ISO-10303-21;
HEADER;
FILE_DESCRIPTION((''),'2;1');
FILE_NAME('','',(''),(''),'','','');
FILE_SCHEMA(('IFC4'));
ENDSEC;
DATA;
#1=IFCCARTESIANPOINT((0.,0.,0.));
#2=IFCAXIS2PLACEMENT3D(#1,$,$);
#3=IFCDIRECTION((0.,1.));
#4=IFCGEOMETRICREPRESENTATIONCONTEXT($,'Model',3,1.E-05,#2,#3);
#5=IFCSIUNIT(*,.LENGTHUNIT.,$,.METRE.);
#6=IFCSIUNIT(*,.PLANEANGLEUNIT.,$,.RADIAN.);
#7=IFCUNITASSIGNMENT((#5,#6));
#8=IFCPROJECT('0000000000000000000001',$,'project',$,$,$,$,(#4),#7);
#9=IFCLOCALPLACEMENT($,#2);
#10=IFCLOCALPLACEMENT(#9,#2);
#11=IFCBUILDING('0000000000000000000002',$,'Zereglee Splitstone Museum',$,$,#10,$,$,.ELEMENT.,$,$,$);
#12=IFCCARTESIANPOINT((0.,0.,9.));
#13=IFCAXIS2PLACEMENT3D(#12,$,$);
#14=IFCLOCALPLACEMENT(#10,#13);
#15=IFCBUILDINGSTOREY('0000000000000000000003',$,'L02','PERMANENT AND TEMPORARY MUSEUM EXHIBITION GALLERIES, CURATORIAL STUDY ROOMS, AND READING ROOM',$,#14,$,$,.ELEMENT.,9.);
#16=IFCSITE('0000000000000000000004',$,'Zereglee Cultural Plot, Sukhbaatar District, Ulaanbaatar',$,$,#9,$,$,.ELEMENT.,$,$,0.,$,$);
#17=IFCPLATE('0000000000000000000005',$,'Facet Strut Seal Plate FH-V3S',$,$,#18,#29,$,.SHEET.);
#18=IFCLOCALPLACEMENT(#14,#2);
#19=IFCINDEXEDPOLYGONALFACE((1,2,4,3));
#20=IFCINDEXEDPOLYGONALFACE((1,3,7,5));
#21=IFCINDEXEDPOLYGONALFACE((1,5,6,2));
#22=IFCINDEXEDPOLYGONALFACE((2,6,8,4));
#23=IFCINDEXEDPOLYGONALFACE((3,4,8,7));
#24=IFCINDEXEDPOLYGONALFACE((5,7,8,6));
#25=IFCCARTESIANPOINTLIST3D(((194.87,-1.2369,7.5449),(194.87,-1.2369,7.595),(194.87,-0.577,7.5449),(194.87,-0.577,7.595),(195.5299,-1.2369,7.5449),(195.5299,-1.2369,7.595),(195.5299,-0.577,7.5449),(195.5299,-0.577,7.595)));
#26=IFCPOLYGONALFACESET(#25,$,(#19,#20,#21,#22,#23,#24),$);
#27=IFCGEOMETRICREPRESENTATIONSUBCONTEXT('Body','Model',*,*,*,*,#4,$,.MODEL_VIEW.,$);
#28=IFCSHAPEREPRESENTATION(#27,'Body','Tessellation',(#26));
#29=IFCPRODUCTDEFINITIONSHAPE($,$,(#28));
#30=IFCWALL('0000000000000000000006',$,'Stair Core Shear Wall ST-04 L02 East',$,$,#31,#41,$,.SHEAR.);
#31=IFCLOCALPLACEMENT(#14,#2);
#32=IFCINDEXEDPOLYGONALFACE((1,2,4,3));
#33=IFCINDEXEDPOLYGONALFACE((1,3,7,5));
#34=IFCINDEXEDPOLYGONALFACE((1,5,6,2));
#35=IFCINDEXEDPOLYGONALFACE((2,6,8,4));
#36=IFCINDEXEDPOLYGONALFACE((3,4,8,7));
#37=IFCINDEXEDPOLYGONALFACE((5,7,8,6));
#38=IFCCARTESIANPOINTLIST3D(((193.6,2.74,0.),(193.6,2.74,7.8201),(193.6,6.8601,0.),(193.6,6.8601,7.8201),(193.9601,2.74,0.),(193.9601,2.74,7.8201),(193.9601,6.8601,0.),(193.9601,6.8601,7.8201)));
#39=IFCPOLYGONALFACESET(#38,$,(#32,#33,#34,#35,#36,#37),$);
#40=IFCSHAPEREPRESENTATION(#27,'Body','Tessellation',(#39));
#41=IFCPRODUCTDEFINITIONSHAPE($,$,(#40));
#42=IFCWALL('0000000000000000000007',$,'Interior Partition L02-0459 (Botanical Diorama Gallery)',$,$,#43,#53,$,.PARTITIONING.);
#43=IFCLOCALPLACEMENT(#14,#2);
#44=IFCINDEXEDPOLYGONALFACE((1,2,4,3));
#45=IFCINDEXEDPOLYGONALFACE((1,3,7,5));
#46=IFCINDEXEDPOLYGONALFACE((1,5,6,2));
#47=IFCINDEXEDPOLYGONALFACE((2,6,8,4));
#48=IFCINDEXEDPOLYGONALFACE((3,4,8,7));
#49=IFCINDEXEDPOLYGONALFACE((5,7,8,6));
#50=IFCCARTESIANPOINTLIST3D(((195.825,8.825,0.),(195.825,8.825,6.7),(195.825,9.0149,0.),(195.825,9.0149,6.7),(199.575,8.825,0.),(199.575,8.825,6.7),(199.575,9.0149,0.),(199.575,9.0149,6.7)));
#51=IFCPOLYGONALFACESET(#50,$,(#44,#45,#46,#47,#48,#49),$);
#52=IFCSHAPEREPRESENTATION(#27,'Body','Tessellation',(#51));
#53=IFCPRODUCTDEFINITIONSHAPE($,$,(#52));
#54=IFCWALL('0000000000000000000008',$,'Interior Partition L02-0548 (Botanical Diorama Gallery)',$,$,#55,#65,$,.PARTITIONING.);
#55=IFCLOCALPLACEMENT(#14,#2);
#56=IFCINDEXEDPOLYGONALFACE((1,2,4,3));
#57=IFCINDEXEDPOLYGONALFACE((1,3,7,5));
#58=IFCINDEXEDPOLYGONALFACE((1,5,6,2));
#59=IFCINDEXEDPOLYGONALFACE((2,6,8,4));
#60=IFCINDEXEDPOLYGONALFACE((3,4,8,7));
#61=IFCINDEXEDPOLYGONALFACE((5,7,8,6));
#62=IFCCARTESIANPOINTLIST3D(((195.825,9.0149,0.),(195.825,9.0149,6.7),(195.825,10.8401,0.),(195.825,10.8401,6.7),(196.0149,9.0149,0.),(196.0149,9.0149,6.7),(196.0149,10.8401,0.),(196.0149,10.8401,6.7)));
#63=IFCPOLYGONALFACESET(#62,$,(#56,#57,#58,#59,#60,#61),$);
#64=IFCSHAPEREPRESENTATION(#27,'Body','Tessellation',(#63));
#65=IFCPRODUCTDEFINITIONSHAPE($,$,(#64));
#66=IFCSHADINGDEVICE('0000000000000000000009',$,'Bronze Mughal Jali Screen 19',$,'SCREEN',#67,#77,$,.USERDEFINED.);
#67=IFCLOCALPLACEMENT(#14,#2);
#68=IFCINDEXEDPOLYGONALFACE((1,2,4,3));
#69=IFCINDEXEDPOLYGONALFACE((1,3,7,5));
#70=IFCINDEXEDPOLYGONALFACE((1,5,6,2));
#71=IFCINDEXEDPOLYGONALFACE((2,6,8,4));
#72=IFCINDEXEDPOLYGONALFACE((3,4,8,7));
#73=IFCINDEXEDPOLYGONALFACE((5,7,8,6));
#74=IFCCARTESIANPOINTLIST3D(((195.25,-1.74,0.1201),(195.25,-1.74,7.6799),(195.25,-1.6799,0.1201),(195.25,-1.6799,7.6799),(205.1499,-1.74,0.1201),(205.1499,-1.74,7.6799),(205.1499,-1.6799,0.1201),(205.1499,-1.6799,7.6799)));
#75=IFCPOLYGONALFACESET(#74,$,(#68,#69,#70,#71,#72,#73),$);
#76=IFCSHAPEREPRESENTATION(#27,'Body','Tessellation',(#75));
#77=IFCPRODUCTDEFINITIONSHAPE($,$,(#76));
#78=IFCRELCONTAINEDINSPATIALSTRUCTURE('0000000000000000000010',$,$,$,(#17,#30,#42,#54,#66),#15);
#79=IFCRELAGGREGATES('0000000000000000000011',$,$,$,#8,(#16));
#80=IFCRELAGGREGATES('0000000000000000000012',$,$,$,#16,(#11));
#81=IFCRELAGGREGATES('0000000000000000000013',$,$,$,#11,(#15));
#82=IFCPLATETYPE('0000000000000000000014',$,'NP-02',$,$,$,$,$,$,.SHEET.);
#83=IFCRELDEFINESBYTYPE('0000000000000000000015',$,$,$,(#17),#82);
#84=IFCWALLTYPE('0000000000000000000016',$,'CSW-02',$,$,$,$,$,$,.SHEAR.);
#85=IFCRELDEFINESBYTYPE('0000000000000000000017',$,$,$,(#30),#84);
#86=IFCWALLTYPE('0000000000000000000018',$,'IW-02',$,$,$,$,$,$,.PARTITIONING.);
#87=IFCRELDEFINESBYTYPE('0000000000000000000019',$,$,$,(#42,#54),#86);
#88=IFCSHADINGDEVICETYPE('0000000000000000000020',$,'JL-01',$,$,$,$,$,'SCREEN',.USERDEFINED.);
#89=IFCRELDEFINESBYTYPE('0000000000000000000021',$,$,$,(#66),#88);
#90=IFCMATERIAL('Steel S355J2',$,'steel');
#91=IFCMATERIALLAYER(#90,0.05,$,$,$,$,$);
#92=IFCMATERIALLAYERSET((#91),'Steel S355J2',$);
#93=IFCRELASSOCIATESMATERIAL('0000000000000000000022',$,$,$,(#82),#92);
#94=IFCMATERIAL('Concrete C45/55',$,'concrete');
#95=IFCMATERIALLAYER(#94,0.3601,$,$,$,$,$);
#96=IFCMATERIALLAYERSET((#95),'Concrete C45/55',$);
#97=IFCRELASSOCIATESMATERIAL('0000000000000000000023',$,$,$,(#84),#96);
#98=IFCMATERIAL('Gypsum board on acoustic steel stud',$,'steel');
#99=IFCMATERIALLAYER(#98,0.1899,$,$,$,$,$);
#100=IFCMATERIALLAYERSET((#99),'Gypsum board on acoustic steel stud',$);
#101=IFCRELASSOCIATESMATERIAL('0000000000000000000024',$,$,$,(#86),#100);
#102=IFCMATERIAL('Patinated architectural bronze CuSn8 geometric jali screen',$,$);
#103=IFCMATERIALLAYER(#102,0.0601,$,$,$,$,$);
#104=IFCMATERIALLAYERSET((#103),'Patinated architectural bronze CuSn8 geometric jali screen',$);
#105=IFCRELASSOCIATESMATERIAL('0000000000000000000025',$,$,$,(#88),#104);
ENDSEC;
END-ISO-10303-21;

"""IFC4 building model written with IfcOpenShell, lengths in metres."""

from ifc_helpers import new_model, si_unit, direction, frame, frame_2d, origin, origin_2d, place, context, subcontext, project, spatial, polyline, rectangle, outline, extrude, material, layer, layer_set, type_object, element, save


model = new_model("IFC4")

# Units and contexts
model_context = context("Model", 3, precision=1e-05, world=origin(), true_north=direction((0.0, 1.0)))
body_context = subcontext(model_context, "Body", "Model", "MODEL_VIEW")
ifc_project = project(units=[si_unit("LENGTHUNIT", "METRE"), si_unit("PLANEANGLEUNIT", "RADIAN")], contexts=[model_context])

# Site, building, storey
site_placement = place(None, origin())
site = spatial("IfcSite", under=ifc_project, at=site_placement, Name="Zereglee Cultural Plot, Sukhbaatar District, Ulaanbaatar", CompositionType="ELEMENT", RefElevation=0.0)
building_placement = place(site_placement, origin())
building = spatial("IfcBuilding", under=site, at=building_placement, Name="Zereglee Splitstone Museum", CompositionType="ELEMENT")
storey_placement = place(building_placement, frame((0.0, 0.0, 9.0)))
storey = spatial("IfcBuildingStorey", under=building, at=storey_placement, Name="L02", Description="PERMANENT AND TEMPORARY MUSEUM EXHIBITION GALLERIES, CURATORIAL STUDY ROOMS, AND READING ROOM", CompositionType="ELEMENT", Elevation=9.0)

# Shared definitions
ifc_material_1 = material(Name="Steel S355J2", Category="steel")

# Plate
ifc_layer_1 = layer(ifc_material_1, 0.05)
ifc_layer_set_1 = layer_set([ifc_layer_1], Name="Steel S355J2")
plate_type_1 = type_object("IfcPlateType", Name="NP-02", PredefinedType="SHEET", material=ifc_layer_set_1)
plate_1_placement = place(storey_placement, frame((195.2, -0.907, 7.5449), z_axis=(0.0, 0.0, 1.0), x_axis=(1.0, 0.0, 0.0)))
element("IfcPlate", 1, at=plate_1_placement, inside=storey, type_object=plate_type_1, Name="Facet Strut Seal Plate FH-V3S", PredefinedType="SHEET", context=body_context, shape_type="SweptSolid", body=[
    extrude(rectangle(XDim=0.6599, YDim=0.6599, at=origin_2d()), origin(), (0.0, 0.0, 1.0), 0.05),
])

# Walls
ifc_material_2 = material(Name="Concrete C45/55", Category="concrete")
ifc_layer_2 = layer(ifc_material_2, 0.3601)
ifc_layer_set_2 = layer_set([ifc_layer_2], Name="Concrete C45/55")
wall_type_1 = type_object("IfcWallType", Name="CSW-02", PredefinedType="SHEAR", material=ifc_layer_set_2)
wall_1_placement = place(storey_placement, frame((193.78, 2.74, 0.0), z_axis=(0.0, 0.0, 1.0), x_axis=(0.0, 1.0, 0.0)))
element("IfcWall", 2, at=wall_1_placement, inside=storey, type_object=wall_type_1, Name="Stair Core Shear Wall ST-04 L02 East", PredefinedType="SHEAR", context=body_context, shape_type="SweptSolid", body=[
    extrude(rectangle(XDim=4.1201, YDim=0.3601, at=frame_2d((2.0601, 0.0))), origin(), (0.0, 0.0, 1.0), 7.8201),
])
ifc_material_3 = material(Name="Gypsum board on acoustic steel stud", Category="steel")
ifc_layer_3 = layer(ifc_material_3, 0.1899)
ifc_layer_set_3 = layer_set([ifc_layer_3], Name="Gypsum board on acoustic steel stud")
wall_type_2 = type_object("IfcWallType", Name="IW-02", PredefinedType="PARTITIONING", material=ifc_layer_set_3)
wall_2_placement = place(storey_placement, frame((195.825, 8.9199, 0.0), z_axis=(0.0, 0.0, 1.0), x_axis=(1.0, 0.0, 0.0)))
element("IfcWall", 3, at=wall_2_placement, inside=storey, type_object=wall_type_2, Name="Interior Partition L02-0459 (Botanical Diorama Gallery)", PredefinedType="PARTITIONING", context=body_context, shape_type="SweptSolid", body=[
    extrude(rectangle(XDim=3.75, YDim=0.1899, at=frame_2d((1.875, 0.0))), origin(), (0.0, 0.0, 1.0), 6.7),
])
wall_3_placement = place(storey_placement, frame((195.9199, 9.0149, 0.0), z_axis=(0.0, 0.0, 1.0), x_axis=(0.0, 1.0, 0.0)))
element("IfcWall", 4, at=wall_3_placement, inside=storey, type_object=wall_type_2, Name="Interior Partition L02-0548 (Botanical Diorama Gallery)", PredefinedType="PARTITIONING", context=body_context, shape_type="SweptSolid", body=[
    extrude(rectangle(XDim=1.8252, YDim=0.1899, at=frame_2d((0.9126, 0.0))), origin(), (0.0, 0.0, 1.0), 6.7),
])

# Shading device
ifc_material_4 = material(Name="Patinated architectural bronze CuSn8 geometric jali screen")
ifc_layer_4 = layer(ifc_material_4, 0.0601)
ifc_layer_set_4 = layer_set([ifc_layer_4], Name="Patinated architectural bronze CuSn8 geometric jali screen")
shading_device_type = type_object("IfcShadingDeviceType", Name="JL-01", ElementType="SCREEN", PredefinedType="USERDEFINED", material=ifc_layer_set_4)
shading_device_placement = place(storey_placement, frame((195.25, -1.6799, 0.1201), z_axis=(0.0, -1.0, 0.0), x_axis=(1.0, 0.0, 0.0)))
element("IfcShadingDevice", 5, at=shading_device_placement, inside=storey, type_object=shading_device_type, Name="Bronze Mughal Jali Screen 19", ObjectType="SCREEN", PredefinedType="USERDEFINED", context=body_context, shape_type="SweptSolid", body=[
    extrude(outline(polyline([(0.0, 0.0), (9.8999, 0.0), (9.8999, 7.5598), (0.0, 7.5598), (0.0, 0.0)])), origin(), (0.0, 0.0, 1.0), 0.0601),
])

save(model, "model.ifc")
